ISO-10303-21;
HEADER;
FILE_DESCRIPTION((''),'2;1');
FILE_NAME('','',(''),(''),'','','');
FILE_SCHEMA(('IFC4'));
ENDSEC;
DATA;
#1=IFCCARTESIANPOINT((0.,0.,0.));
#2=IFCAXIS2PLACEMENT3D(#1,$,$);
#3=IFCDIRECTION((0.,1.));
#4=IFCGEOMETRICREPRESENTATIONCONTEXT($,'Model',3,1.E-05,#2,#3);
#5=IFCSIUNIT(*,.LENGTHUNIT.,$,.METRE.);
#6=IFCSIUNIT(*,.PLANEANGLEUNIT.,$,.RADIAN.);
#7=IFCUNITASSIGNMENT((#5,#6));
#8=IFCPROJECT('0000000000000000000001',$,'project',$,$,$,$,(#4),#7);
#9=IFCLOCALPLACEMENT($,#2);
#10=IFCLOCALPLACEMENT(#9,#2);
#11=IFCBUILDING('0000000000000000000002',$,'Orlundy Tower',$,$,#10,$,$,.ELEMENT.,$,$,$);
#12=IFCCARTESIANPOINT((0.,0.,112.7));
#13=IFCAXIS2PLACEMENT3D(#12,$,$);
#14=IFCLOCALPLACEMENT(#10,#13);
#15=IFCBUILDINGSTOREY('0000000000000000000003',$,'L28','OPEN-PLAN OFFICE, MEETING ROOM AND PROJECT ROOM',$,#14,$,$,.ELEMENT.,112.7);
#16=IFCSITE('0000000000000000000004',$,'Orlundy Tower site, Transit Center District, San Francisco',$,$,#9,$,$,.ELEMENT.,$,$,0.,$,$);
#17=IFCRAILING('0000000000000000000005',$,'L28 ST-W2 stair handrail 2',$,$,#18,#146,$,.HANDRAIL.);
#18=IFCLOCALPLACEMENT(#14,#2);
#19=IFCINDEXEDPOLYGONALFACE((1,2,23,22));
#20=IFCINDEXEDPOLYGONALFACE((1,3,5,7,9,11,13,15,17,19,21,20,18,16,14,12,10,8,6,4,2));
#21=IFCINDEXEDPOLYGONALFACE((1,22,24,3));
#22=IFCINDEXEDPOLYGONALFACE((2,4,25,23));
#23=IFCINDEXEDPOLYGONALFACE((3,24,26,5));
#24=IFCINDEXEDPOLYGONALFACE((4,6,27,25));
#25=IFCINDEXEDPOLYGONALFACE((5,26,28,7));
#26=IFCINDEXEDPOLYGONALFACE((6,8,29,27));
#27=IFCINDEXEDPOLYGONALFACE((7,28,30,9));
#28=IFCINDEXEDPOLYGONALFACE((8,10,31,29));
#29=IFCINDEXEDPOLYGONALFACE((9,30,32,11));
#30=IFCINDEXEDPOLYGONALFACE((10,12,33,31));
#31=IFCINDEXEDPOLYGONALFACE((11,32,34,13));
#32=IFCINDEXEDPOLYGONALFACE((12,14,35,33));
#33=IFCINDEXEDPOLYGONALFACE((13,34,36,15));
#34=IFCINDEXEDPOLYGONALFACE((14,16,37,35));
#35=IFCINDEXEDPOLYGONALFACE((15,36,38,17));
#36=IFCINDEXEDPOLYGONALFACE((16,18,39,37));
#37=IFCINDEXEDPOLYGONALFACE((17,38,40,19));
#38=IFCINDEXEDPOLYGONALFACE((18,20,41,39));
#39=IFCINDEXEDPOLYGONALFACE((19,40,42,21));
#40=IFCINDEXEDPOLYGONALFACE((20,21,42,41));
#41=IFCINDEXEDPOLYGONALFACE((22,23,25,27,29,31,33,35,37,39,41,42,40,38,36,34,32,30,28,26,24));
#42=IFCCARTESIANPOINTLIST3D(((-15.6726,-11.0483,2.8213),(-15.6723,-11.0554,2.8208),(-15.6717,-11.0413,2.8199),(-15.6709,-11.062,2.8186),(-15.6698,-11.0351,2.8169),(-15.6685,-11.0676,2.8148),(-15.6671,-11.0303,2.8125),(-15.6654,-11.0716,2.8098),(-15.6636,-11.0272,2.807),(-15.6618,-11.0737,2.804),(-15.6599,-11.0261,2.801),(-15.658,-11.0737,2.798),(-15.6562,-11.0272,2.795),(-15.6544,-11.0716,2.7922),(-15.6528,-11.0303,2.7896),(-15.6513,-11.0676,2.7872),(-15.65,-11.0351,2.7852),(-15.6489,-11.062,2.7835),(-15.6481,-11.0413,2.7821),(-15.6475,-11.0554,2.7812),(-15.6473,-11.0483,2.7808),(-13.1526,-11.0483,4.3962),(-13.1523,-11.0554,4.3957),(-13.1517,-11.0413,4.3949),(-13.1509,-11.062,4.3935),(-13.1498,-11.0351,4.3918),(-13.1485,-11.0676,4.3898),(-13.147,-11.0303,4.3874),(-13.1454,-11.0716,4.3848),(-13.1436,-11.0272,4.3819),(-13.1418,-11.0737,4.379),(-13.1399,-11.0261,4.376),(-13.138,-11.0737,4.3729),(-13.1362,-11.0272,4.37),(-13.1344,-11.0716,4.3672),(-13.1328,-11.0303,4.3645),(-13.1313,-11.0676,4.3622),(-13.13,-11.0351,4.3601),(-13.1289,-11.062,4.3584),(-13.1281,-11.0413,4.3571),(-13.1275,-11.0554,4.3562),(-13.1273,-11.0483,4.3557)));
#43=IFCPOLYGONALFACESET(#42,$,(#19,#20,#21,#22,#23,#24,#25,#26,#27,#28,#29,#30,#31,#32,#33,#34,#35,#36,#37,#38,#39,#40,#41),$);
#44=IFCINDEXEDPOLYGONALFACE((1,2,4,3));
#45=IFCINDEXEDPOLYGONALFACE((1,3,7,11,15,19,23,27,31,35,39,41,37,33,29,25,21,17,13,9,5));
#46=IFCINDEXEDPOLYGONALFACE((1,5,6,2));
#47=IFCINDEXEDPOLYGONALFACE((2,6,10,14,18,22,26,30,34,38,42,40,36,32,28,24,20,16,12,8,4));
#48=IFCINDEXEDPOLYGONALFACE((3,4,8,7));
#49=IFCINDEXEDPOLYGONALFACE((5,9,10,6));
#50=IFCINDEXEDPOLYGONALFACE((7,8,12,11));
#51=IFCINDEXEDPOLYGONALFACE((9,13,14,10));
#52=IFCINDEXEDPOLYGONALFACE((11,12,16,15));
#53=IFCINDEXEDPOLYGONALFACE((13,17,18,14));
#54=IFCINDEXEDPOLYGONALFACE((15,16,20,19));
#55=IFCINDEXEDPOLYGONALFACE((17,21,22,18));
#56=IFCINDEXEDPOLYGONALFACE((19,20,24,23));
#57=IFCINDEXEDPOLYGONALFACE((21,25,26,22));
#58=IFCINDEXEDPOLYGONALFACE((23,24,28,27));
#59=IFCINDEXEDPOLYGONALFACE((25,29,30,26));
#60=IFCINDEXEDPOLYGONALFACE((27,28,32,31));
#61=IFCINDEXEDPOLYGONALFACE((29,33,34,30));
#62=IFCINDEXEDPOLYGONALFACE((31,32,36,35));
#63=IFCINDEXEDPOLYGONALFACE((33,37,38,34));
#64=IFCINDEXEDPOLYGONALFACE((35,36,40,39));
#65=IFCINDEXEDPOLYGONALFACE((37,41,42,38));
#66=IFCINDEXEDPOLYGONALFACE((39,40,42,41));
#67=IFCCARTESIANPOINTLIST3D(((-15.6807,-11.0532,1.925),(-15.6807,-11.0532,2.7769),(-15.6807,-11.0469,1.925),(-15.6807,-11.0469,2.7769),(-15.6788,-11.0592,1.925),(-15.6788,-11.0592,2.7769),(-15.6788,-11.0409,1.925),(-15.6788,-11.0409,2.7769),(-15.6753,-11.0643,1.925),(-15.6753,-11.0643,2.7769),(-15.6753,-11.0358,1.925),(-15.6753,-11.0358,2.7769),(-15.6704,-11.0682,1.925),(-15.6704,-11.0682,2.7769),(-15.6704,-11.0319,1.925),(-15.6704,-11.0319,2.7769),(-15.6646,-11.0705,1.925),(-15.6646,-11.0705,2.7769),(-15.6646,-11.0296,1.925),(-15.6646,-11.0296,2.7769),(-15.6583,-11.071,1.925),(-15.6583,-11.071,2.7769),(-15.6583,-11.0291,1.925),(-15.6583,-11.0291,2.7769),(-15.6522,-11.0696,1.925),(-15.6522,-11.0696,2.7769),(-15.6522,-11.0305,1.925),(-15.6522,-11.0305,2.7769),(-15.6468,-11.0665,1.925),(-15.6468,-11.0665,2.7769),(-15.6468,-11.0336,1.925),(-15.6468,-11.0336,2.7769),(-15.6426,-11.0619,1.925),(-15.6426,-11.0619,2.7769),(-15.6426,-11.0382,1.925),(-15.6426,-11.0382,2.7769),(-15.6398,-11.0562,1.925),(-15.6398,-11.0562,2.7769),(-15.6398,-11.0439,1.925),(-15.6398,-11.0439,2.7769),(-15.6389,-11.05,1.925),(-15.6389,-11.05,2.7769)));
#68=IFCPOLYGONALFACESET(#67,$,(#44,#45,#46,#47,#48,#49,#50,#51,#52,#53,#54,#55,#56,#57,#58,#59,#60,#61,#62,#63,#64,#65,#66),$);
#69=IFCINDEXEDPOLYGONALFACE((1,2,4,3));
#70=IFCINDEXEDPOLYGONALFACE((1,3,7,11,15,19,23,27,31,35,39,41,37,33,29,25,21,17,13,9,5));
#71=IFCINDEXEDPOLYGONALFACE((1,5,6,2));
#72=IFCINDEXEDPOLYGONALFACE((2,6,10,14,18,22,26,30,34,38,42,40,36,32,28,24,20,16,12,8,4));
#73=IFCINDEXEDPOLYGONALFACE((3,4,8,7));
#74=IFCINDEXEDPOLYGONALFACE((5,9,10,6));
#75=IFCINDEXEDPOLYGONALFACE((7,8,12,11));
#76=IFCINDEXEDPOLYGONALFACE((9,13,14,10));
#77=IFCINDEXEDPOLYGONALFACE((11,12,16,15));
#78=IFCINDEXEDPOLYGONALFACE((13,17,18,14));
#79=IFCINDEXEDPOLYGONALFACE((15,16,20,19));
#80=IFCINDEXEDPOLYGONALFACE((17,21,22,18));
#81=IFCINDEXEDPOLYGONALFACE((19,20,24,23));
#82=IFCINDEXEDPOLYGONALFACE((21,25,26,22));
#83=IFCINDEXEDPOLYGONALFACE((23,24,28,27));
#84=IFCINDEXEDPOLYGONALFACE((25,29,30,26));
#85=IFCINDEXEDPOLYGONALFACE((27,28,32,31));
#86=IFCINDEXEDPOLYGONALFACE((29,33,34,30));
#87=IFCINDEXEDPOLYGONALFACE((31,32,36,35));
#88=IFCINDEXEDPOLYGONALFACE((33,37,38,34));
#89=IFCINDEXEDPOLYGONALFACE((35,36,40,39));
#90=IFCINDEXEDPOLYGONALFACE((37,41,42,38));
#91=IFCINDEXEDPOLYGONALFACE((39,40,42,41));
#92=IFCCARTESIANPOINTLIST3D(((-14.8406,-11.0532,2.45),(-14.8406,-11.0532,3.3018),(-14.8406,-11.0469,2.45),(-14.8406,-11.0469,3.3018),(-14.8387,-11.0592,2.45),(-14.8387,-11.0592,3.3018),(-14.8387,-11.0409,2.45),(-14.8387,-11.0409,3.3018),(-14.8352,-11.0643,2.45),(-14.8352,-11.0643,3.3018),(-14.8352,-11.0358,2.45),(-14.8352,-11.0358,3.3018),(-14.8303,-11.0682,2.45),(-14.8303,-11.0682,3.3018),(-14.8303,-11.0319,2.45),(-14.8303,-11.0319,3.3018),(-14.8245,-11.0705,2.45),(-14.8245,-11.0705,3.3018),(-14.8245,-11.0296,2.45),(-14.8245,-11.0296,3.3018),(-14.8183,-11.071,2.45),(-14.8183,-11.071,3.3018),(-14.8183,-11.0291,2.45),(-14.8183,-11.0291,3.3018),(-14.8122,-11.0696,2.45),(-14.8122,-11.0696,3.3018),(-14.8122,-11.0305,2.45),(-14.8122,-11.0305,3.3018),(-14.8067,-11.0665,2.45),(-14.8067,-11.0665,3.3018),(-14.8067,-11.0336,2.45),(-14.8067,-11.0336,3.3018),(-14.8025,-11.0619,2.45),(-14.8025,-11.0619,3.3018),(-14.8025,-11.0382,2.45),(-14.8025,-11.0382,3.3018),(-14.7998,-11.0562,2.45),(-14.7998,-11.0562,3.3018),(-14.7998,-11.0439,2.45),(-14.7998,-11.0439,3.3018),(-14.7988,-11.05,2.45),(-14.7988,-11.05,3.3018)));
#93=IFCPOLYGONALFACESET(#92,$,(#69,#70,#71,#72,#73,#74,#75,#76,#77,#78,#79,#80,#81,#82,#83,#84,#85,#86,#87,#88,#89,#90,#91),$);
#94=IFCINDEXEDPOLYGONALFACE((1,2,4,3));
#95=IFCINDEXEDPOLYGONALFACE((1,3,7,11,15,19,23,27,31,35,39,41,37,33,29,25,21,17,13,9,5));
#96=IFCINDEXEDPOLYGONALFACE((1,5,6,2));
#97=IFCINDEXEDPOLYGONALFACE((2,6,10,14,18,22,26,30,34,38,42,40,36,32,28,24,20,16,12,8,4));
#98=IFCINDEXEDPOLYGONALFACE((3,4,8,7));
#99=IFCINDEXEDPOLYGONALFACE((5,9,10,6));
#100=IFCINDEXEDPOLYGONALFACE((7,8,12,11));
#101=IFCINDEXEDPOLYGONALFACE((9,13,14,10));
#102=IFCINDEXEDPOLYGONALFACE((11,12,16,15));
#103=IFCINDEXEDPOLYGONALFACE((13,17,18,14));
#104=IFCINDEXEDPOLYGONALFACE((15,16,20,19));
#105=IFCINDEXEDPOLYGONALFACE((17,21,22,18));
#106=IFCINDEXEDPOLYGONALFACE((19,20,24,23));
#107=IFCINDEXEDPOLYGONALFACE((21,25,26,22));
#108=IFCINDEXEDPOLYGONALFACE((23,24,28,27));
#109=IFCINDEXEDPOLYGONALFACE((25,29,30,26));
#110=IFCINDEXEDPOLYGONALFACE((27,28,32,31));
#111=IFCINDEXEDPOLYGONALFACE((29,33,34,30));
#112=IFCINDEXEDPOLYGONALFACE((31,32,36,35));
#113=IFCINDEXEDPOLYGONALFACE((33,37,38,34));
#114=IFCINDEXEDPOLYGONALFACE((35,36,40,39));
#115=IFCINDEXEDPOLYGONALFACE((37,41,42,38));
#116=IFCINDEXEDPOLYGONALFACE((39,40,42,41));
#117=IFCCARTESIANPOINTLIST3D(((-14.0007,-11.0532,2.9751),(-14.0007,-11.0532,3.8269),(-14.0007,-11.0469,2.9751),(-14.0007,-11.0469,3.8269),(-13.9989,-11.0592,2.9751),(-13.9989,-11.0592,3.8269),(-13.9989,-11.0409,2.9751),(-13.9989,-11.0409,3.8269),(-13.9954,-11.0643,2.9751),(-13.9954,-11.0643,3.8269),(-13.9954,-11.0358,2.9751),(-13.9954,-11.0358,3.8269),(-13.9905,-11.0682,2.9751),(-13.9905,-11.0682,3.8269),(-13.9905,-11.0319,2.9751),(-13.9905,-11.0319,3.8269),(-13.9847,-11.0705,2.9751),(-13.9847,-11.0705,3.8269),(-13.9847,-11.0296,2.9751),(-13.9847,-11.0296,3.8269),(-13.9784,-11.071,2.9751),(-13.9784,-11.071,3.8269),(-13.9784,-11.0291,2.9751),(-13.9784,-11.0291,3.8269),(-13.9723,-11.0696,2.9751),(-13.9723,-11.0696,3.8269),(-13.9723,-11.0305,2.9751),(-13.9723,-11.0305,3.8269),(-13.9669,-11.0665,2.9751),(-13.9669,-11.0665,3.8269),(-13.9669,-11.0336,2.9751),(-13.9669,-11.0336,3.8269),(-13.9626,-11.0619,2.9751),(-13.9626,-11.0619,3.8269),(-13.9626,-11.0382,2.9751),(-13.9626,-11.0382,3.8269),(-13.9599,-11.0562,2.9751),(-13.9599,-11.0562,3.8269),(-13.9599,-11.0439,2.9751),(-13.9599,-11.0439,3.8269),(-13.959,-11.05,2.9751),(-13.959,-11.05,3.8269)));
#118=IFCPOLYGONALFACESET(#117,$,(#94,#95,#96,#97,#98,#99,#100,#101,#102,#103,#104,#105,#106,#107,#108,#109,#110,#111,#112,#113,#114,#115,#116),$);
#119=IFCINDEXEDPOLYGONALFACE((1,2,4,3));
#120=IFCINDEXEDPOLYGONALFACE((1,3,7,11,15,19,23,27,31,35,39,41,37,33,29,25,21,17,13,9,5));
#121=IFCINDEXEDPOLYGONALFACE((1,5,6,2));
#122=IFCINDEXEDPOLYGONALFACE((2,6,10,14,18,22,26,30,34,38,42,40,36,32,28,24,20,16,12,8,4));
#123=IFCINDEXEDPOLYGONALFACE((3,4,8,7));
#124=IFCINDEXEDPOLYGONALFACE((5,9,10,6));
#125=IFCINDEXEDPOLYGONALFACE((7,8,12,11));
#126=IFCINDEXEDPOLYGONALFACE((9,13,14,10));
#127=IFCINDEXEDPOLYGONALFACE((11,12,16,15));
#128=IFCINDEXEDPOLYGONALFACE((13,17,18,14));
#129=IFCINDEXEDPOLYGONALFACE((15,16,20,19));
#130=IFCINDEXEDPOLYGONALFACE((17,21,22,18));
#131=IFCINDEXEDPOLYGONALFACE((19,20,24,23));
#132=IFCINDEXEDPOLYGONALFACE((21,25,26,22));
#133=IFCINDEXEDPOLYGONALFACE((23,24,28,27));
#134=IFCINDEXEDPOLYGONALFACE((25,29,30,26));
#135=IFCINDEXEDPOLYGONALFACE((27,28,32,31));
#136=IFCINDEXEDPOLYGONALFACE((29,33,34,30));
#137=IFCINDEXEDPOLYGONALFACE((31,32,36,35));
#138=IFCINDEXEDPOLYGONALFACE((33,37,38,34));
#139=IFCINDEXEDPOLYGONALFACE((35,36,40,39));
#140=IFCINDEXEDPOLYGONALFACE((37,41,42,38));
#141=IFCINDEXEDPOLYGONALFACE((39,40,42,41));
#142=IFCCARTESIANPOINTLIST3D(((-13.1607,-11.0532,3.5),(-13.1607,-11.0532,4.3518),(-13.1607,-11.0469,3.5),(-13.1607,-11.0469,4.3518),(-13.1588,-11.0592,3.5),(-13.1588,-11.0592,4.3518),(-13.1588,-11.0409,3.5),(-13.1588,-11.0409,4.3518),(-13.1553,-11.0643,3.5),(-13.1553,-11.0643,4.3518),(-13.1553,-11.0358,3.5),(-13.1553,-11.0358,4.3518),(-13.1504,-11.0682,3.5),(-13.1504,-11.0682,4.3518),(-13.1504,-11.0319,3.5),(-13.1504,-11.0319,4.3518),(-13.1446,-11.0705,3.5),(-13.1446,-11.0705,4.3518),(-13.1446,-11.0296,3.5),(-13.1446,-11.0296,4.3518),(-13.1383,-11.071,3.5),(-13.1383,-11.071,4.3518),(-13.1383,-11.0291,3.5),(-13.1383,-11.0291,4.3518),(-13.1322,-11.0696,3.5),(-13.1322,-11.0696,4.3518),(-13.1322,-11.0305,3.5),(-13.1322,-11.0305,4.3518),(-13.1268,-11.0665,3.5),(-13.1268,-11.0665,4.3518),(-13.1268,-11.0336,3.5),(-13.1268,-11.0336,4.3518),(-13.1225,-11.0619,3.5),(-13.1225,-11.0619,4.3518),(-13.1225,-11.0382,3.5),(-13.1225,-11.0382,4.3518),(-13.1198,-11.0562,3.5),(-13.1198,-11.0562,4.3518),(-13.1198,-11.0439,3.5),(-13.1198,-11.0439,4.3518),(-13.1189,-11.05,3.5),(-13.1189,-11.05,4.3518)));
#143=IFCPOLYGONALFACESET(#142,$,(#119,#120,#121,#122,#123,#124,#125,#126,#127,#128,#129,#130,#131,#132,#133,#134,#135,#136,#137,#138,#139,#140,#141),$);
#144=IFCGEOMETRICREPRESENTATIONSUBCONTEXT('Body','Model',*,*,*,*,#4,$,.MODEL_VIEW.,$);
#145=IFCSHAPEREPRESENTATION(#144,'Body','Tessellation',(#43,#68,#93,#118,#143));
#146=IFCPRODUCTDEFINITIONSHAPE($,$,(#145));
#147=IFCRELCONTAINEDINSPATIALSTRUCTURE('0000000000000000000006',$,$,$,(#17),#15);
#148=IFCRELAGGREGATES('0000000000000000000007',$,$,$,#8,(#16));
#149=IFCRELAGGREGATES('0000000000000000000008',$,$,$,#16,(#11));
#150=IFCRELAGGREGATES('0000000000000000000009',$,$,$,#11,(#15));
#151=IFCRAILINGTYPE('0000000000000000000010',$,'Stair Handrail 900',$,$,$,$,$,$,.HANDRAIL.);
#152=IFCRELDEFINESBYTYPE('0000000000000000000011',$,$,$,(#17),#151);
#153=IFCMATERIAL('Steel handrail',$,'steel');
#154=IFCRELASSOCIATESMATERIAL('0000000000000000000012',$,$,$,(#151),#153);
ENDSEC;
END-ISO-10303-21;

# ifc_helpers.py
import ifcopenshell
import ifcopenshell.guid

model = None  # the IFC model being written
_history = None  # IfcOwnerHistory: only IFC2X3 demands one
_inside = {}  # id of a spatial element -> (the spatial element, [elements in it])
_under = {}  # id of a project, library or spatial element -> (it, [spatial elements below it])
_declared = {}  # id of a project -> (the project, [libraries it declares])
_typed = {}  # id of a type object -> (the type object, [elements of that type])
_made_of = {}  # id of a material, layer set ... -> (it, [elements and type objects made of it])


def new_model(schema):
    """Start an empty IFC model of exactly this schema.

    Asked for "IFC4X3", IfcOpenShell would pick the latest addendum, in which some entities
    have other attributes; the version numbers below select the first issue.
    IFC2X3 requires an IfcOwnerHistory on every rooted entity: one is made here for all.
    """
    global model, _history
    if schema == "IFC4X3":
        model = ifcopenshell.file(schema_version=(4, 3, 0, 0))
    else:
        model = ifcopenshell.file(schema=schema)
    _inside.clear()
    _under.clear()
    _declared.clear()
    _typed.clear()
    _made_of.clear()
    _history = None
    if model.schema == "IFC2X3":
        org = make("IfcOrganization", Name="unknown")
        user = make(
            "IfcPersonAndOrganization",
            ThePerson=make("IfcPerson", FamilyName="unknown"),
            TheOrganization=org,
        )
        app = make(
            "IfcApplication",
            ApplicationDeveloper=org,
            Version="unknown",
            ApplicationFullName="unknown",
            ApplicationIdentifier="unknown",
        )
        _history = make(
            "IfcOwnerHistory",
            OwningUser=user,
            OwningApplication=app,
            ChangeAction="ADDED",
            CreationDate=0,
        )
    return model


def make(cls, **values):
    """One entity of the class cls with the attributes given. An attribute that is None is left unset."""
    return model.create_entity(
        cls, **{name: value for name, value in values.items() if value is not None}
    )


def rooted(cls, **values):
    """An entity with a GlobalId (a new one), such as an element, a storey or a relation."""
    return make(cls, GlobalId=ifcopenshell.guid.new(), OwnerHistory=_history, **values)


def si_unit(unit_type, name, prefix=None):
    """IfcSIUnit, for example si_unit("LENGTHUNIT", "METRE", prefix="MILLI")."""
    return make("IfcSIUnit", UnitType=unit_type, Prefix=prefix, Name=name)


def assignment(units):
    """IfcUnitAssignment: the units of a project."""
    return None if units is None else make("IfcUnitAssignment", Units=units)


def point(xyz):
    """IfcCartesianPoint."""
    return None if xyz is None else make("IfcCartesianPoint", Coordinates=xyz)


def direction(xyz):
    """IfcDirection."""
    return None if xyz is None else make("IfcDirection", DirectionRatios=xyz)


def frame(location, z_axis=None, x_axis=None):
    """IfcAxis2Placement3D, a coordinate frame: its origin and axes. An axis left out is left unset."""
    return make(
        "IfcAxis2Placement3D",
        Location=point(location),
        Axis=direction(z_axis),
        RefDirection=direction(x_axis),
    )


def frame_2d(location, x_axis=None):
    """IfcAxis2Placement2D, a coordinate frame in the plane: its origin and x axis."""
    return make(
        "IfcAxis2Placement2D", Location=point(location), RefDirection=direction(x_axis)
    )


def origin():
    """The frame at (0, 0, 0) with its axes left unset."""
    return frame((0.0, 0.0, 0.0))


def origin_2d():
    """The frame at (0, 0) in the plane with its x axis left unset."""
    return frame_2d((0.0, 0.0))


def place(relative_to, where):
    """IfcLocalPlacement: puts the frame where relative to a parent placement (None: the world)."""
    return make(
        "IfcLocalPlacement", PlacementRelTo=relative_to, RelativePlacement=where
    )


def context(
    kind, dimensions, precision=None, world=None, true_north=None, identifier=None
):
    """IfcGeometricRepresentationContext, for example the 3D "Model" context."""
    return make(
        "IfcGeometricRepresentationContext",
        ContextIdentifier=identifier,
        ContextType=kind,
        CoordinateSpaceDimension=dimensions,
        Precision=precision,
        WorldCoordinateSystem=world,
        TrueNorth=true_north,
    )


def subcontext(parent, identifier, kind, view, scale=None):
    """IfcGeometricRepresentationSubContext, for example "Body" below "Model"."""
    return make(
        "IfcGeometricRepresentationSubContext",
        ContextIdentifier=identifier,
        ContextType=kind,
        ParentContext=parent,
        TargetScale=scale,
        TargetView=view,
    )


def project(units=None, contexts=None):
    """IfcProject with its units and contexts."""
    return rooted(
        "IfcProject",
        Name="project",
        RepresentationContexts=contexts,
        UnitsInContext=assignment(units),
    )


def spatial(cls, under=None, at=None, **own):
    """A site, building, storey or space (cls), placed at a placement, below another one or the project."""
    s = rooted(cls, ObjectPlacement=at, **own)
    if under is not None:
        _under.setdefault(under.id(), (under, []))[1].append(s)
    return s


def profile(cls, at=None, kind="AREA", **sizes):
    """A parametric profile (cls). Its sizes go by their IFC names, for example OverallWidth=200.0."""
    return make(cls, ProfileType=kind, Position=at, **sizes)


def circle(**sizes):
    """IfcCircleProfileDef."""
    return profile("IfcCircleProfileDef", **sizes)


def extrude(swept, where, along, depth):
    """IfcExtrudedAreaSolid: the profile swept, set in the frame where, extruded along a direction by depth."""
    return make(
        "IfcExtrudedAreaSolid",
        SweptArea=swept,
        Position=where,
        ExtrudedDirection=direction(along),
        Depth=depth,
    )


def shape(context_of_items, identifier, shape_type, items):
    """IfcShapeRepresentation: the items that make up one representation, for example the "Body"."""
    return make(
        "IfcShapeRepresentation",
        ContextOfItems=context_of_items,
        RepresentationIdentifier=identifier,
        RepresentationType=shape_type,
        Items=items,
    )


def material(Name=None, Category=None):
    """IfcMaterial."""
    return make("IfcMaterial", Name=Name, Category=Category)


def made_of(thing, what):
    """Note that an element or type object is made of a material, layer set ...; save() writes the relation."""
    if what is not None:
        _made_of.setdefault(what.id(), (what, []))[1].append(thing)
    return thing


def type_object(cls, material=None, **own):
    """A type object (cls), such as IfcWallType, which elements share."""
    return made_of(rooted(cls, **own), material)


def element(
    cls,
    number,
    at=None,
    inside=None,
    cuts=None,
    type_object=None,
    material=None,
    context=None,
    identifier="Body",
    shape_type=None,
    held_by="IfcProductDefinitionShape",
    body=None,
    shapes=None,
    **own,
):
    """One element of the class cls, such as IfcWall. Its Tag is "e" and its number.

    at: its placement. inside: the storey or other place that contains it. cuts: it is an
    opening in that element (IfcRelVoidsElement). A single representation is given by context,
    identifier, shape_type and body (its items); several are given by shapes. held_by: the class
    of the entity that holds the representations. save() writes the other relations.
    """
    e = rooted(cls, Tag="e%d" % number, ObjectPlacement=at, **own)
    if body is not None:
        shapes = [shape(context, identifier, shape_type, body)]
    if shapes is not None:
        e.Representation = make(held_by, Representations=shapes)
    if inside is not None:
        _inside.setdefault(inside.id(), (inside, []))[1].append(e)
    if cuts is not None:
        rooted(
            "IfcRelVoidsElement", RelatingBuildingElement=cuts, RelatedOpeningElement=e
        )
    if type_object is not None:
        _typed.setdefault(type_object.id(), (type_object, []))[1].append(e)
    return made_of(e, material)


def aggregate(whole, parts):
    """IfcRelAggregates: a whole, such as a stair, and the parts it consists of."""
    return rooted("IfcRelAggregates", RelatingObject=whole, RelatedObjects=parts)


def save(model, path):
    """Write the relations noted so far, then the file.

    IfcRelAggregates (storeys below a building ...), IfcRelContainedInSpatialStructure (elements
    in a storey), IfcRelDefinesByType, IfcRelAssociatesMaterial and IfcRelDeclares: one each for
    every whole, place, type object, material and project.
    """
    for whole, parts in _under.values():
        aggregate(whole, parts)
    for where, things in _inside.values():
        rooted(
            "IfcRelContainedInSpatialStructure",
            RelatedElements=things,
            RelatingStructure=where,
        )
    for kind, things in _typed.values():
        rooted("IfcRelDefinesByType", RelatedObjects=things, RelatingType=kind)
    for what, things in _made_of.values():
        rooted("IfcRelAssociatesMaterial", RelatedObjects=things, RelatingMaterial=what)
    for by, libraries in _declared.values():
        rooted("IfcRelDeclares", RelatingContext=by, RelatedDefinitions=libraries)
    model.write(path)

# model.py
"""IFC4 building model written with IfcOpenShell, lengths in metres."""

from ifc_helpers import new_model, si_unit, direction, frame, origin, origin_2d, place, context, subcontext, project, spatial, circle, extrude, material, type_object, element, save


model = new_model("IFC4")

# Units and contexts
model_context = context("Model", 3, precision=1e-05, world=origin(), true_north=direction((0.0, 1.0)))
body_context = subcontext(model_context, "Body", "Model", "MODEL_VIEW")
ifc_project = project(units=[si_unit("LENGTHUNIT", "METRE"), si_unit("PLANEANGLEUNIT", "RADIAN")], contexts=[model_context])

# Site, building, storey
site_placement = place(None, origin())
site = spatial("IfcSite", under=ifc_project, at=site_placement, Name="Orlundy Tower site, Transit Center District, San Francisco", CompositionType="ELEMENT", RefElevation=0.0)
building_placement = place(site_placement, origin())
building = spatial("IfcBuilding", under=site, at=building_placement, Name="Orlundy Tower", CompositionType="ELEMENT")
storey_placement = place(building_placement, frame((0.0, 0.0, 112.7)))
storey = spatial("IfcBuildingStorey", under=building, at=storey_placement, Name="L28", Description="OPEN-PLAN OFFICE, MEETING ROOM AND PROJECT ROOM", CompositionType="ELEMENT", Elevation=112.7)

# Railing
ifc_material_1 = material(Name="Steel handrail", Category="steel")
railing_type_1 = type_object("IfcRailingType", Name="Stair Handrail 900", PredefinedType="HANDRAIL", material=ifc_material_1)
railing_1_placement = place(storey_placement, frame((-15.6599, -11.05, 1.925)))
element("IfcRailing", 1, at=railing_1_placement, inside=storey, type_object=railing_type_1, Name="L28 ST-W2 stair handrail 2", PredefinedType="HANDRAIL", context=body_context, shape_type="SweptSolid", body=[
    extrude(circle(Radius=0.0239, at=origin_2d()), frame((0.0, 0.0, 0.876), z_axis=(0.848008, 0.0, 0.529984), x_axis=(0.0, 1.0, 0.0)), (0.0, 0.0, 1.0), 2.9717),
    extrude(circle(Radius=0.021, at=origin_2d()), origin(), (0.0, 0.0, 1.0), 0.8518),
    extrude(circle(Radius=0.021, at=origin_2d()), frame((0.8401, 0.0, 0.5249)), (0.0, 0.0, 1.0), 0.8518),
    extrude(circle(Radius=0.021, at=origin_2d()), frame((1.6799, 0.0, 1.05)), (0.0, 0.0, 1.0), 0.8518),
    extrude(circle(Radius=0.021, at=origin_2d()), frame((2.52, 0.0, 1.575)), (0.0, 0.0, 1.0), 0.8518),
])

save(model, "model.ifc")
